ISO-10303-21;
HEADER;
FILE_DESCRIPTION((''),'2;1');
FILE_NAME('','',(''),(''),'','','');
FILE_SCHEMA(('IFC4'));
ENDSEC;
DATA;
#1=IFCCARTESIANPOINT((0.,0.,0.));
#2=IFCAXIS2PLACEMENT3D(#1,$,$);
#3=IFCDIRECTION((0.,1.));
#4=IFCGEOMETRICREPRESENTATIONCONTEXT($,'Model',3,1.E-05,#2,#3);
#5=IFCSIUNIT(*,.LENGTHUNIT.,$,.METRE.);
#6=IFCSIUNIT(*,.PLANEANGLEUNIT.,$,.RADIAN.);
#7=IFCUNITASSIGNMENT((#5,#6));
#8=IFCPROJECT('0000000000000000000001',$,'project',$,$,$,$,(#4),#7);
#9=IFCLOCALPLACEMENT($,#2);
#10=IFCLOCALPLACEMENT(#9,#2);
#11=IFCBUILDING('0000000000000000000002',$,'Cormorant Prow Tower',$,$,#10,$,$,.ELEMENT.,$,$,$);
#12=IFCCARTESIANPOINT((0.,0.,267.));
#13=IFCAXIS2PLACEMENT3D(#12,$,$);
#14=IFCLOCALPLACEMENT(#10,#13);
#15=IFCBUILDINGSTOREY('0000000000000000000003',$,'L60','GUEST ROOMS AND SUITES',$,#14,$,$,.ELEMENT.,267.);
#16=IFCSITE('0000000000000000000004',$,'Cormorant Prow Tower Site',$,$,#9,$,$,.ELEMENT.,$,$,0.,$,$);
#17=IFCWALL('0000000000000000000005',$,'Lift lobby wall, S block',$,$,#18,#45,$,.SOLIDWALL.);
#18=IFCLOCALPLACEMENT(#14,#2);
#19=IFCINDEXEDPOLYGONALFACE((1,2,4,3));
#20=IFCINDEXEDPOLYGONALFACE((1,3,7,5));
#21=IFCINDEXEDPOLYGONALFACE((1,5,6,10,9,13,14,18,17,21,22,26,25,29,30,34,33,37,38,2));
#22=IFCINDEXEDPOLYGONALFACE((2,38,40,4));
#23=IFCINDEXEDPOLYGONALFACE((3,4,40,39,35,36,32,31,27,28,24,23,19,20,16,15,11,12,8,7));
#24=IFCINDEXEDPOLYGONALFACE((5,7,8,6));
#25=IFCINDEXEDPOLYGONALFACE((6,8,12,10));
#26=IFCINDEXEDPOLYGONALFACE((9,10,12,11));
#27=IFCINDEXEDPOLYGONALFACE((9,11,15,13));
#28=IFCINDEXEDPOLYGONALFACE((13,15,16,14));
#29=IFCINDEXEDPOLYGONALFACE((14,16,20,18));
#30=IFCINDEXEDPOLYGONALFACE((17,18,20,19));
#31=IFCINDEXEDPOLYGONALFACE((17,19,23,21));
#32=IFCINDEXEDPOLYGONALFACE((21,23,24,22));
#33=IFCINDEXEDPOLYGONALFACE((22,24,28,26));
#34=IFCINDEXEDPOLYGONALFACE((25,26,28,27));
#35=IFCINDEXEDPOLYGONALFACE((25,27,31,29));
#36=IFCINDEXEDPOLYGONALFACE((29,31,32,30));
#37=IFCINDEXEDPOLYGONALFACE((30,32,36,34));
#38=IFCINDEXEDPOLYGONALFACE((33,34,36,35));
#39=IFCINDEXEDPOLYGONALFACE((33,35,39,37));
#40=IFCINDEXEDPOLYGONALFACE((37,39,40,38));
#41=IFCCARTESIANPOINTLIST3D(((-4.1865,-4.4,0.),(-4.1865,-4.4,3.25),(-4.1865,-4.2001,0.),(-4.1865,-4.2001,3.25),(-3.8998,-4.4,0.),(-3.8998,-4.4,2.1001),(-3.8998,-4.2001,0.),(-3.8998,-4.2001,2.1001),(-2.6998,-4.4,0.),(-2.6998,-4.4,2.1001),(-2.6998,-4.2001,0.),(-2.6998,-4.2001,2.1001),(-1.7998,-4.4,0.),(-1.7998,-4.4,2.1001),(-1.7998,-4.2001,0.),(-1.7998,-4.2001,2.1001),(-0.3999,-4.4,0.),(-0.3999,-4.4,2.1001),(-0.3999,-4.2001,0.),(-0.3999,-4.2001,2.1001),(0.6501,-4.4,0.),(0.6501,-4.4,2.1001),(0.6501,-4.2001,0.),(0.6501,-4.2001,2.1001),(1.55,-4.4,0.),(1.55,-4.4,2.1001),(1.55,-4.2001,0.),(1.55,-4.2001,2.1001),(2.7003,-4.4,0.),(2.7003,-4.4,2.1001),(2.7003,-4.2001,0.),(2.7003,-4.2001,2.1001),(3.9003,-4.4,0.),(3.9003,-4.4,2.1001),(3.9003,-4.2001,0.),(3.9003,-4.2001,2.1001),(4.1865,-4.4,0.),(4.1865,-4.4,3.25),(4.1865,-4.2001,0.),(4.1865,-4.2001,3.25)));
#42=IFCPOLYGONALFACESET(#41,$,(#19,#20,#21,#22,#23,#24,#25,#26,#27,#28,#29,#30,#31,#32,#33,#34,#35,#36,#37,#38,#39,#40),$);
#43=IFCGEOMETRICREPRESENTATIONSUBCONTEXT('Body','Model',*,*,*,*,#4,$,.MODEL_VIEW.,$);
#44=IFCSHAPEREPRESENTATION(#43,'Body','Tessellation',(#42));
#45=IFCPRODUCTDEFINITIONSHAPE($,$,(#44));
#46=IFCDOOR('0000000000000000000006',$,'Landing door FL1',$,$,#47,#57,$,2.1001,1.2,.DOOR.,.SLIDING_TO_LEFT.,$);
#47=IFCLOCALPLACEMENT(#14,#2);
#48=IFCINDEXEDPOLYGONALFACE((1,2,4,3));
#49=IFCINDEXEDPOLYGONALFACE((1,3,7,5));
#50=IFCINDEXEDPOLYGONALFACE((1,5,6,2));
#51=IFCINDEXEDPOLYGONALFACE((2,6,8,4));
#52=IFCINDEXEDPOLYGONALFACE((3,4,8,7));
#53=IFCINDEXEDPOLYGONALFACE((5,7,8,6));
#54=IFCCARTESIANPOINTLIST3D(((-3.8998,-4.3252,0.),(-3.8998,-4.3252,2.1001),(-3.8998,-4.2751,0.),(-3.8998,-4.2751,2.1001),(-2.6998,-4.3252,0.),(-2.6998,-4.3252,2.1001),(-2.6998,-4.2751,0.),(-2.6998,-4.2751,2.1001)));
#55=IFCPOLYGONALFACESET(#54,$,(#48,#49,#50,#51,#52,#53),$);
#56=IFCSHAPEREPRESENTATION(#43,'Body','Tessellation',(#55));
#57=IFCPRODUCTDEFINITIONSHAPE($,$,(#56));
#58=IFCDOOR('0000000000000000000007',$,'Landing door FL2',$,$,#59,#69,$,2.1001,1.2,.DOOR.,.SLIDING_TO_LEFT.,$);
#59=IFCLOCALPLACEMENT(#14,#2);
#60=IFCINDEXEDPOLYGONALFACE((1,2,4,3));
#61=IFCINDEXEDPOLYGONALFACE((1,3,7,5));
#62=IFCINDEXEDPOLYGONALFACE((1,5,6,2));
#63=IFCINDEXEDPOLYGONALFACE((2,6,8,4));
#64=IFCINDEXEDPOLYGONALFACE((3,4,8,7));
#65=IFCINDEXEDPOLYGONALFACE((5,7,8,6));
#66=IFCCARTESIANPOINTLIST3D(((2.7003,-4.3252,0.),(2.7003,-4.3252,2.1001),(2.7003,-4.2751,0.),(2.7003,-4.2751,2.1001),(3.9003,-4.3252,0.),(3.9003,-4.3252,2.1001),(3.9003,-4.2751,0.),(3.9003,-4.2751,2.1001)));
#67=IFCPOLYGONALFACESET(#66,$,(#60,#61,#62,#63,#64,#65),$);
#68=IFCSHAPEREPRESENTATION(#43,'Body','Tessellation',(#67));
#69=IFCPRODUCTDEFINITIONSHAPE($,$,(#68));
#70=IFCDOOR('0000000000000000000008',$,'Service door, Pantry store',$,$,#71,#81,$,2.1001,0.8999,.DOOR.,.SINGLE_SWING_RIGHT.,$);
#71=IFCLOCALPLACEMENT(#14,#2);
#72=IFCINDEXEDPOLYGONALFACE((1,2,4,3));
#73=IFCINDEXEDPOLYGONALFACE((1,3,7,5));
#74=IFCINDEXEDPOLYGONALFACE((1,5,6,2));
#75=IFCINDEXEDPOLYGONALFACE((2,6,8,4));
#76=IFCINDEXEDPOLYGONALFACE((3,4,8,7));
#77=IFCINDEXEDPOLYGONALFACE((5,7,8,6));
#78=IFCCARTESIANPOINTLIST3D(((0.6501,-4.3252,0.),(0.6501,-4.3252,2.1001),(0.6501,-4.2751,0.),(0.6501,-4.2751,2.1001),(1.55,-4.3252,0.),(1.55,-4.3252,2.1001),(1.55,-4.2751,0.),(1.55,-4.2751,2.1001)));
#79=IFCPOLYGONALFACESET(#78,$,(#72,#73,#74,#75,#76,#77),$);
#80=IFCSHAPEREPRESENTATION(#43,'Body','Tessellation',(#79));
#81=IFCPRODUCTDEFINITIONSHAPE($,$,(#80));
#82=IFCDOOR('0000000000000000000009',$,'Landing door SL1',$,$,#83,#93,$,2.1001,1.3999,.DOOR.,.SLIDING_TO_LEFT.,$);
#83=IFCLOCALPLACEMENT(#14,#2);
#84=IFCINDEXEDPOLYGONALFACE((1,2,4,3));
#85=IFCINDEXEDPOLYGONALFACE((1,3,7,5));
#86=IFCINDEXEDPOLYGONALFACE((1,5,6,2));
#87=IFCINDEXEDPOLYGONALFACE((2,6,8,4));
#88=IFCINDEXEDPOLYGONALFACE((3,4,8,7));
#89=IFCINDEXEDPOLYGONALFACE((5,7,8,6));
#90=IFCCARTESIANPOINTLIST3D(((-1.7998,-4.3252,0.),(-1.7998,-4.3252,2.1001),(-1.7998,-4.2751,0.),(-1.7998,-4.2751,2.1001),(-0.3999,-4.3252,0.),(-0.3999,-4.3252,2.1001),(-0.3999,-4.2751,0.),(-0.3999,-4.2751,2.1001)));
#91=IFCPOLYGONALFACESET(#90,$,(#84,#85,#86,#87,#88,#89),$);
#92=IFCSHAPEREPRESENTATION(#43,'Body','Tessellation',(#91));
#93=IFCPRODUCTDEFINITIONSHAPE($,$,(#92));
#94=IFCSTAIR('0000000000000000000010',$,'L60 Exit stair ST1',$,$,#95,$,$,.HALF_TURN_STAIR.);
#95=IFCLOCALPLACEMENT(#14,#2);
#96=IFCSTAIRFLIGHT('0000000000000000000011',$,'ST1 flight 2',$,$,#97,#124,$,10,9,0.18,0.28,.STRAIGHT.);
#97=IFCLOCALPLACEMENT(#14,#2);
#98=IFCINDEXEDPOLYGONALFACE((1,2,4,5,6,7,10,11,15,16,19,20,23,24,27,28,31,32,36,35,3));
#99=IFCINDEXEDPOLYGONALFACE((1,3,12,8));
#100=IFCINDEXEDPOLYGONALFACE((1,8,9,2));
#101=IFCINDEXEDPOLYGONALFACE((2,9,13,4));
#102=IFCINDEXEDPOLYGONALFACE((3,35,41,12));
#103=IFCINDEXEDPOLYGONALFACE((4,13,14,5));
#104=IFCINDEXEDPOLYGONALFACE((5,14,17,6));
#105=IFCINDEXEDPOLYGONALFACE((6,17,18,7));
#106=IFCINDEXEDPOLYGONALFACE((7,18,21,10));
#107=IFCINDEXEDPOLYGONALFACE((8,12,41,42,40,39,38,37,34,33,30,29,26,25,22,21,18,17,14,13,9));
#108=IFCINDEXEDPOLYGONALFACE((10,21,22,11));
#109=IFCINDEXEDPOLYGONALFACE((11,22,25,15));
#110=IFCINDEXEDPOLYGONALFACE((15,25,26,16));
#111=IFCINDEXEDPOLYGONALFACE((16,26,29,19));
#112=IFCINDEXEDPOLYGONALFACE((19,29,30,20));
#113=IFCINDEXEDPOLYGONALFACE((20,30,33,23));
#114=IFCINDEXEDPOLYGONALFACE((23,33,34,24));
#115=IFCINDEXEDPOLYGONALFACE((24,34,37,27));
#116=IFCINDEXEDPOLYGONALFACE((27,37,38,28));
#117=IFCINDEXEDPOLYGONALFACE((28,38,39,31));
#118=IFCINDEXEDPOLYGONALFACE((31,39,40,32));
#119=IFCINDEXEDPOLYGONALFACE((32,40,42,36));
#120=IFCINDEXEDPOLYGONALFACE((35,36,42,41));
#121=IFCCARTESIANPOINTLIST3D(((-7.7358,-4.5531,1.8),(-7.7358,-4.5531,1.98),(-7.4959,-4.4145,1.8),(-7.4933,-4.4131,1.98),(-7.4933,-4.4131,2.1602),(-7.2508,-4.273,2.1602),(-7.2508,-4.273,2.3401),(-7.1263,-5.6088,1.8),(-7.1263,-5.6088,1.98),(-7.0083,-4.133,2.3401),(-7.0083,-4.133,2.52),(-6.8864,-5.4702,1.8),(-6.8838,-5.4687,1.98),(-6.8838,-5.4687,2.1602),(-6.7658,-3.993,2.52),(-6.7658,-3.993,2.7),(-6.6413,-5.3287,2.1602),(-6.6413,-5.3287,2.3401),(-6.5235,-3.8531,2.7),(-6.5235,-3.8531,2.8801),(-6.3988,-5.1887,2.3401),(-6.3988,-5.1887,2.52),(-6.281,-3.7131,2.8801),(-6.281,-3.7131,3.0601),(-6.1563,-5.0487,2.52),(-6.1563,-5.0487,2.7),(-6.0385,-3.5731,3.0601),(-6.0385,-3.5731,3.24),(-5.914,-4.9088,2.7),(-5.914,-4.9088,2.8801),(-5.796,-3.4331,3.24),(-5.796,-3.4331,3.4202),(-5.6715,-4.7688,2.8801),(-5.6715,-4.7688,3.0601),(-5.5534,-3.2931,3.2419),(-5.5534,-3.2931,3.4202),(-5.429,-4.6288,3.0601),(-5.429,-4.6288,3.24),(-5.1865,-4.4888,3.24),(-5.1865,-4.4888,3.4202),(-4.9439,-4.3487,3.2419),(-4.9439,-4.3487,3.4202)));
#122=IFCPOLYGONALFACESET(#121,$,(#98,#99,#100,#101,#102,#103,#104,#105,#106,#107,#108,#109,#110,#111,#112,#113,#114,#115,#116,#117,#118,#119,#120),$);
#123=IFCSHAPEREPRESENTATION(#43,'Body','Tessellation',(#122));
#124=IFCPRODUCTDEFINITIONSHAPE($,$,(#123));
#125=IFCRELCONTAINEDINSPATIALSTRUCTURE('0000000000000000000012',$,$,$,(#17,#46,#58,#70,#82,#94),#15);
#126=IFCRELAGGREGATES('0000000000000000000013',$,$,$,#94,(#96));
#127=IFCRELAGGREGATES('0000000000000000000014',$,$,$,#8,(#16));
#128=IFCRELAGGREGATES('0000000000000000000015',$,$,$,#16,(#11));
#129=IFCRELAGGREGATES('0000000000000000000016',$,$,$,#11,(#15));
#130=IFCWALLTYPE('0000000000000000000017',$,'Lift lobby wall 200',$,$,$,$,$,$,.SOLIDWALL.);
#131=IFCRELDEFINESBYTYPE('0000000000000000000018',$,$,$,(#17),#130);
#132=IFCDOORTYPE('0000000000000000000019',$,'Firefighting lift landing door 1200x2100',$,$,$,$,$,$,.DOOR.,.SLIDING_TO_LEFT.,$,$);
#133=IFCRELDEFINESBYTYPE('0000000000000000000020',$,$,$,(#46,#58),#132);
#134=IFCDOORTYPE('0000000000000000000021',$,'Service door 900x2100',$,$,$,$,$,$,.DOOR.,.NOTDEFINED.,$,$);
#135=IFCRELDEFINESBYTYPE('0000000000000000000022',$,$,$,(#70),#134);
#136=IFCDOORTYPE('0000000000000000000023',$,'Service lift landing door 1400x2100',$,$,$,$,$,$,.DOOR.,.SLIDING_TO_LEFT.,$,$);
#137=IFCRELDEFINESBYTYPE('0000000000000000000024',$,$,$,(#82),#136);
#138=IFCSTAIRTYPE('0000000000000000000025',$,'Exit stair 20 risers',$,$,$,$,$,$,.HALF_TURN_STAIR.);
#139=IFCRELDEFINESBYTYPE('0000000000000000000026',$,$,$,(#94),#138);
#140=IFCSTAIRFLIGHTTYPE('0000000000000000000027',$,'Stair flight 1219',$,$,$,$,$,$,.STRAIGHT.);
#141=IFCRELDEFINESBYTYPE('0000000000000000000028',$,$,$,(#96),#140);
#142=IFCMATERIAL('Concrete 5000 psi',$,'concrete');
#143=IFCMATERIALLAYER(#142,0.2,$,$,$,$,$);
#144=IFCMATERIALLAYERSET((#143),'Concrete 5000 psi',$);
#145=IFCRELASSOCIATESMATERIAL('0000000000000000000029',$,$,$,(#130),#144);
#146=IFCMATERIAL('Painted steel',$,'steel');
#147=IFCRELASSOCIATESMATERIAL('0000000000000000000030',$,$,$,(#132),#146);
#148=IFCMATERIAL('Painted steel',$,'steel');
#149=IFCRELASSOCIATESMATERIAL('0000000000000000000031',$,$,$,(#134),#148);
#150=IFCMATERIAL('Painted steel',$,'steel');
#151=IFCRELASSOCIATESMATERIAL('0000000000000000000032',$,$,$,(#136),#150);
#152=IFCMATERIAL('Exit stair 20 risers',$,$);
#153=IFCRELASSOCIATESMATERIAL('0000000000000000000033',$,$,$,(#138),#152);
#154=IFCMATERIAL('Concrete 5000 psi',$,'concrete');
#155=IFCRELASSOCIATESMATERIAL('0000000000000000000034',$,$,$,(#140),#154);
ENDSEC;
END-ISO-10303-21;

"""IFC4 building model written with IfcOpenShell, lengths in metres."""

from ifc_helpers import new_model, si_unit, direction, frame, frame_2d, origin, place, context, subcontext, project, spatial, polyline, rectangle, outline, extrude, material, layer, layer_set, type_object, element, fill, aggregate, save


model = new_model("IFC4")

# Units and contexts
model_context = context("Model", 3, precision=1e-05, world=origin(), true_north=direction((0.0, 1.0)))
body_context = subcontext(model_context, "Body", "Model", "MODEL_VIEW")
ifc_project = project(units=[si_unit("LENGTHUNIT", "METRE"), si_unit("PLANEANGLEUNIT", "RADIAN")], contexts=[model_context])

# Site, building, storey
site_placement = place(None, origin())
site = spatial("IfcSite", under=ifc_project, at=site_placement, Name="Cormorant Prow Tower Site", CompositionType="ELEMENT", RefElevation=0.0)
building_placement = place(site_placement, origin())
building = spatial("IfcBuilding", under=site, at=building_placement, Name="Cormorant Prow Tower", CompositionType="ELEMENT")
storey_placement = place(building_placement, frame((0.0, 0.0, 267.0)))
storey = spatial("IfcBuildingStorey", under=building, at=storey_placement, Name="L60", Description="GUEST ROOMS AND SUITES", CompositionType="ELEMENT", Elevation=267.0)

# Wall, openings, doors
ifc_material_1 = material(Name="Concrete 5000 psi", Category="concrete")
ifc_layer_1 = layer(ifc_material_1, 0.2)
ifc_layer_set_1 = layer_set([ifc_layer_1], Name="Concrete 5000 psi")
wall_type_1 = type_object("IfcWallType", Name="Lift lobby wall 200", PredefinedType="SOLIDWALL", material=ifc_layer_set_1)
wall_1_placement = place(storey_placement, frame((-4.1865, -4.3, 0.0), z_axis=(0.0, 0.0, 1.0), x_axis=(1.0, 0.0, 0.0)))
wall_1 = element("IfcWall", 1, at=wall_1_placement, inside=storey, type_object=wall_type_1, Name="Lift lobby wall, S block", PredefinedType="SOLIDWALL", context=body_context, shape_type="SweptSolid", body=[
    extrude(rectangle(XDim=8.373, YDim=0.2, at=frame_2d((4.1865, 0.0))), origin(), (0.0, 0.0, 1.0), 3.25),
])
opening_1_placement = place(wall_1_placement, frame((0.2866, 0.0, 0.0)))
opening_1 = element("IfcOpeningElement", 2, at=opening_1_placement, cuts=wall_1, PredefinedType="OPENING", context=body_context, shape_type="SweptSolid", body=[
    extrude(rectangle(XDim=1.2, YDim=2.1001, at=frame_2d((0.6001, 1.05))), frame((0.0, 0.1099, 0.0), z_axis=(0.0, -1.0, 0.0), x_axis=(1.0, 0.0, 0.0)), (0.0, 0.0, 1.0), 0.22),
])
opening_2_placement = place(wall_1_placement, frame((2.3867, 0.0, 0.0)))
opening_2 = element("IfcOpeningElement", 3, at=opening_2_placement, cuts=wall_1, PredefinedType="OPENING", context=body_context, shape_type="SweptSolid", body=[
    extrude(rectangle(XDim=1.3999, YDim=2.1001, at=frame_2d((0.7, 1.05))), frame((0.0, 0.1099, 0.0), z_axis=(0.0, -1.0, 0.0), x_axis=(1.0, 0.0, 0.0)), (0.0, 0.0, 1.0), 0.22),
])
opening_3_placement = place(wall_1_placement, frame((4.8367, 0.0, 0.0)))
opening_3 = element("IfcOpeningElement", 4, at=opening_3_placement, cuts=wall_1, PredefinedType="OPENING", context=body_context, shape_type="SweptSolid", body=[
    extrude(rectangle(XDim=0.8999, YDim=2.1001, at=frame_2d((0.45, 1.05))), frame((0.0, 0.1099, 0.0), z_axis=(0.0, -1.0, 0.0), x_axis=(1.0, 0.0, 0.0)), (0.0, 0.0, 1.0), 0.22),
])
opening_4_placement = place(wall_1_placement, frame((6.8867, 0.0, 0.0)))
opening_4 = element("IfcOpeningElement", 5, at=opening_4_placement, cuts=wall_1, PredefinedType="OPENING", context=body_context, shape_type="SweptSolid", body=[
    extrude(rectangle(XDim=1.2, YDim=2.1001, at=frame_2d((0.6001, 1.05))), frame((0.0, 0.1099, 0.0), z_axis=(0.0, -1.0, 0.0), x_axis=(1.0, 0.0, 0.0)), (0.0, 0.0, 1.0), 0.22),
])
ifc_material_2 = material(Name="Painted steel", Category="steel")
door_type_1 = type_object("IfcDoorType", Name="Firefighting lift landing door 1200x2100", OperationType="SLIDING_TO_LEFT", PredefinedType="DOOR", material=ifc_material_2)
door_1_placement = place(opening_1_placement, origin())
door_1 = element("IfcDoor", 6, at=door_1_placement, inside=storey, type_object=door_type_1, Name="Landing door FL1", OperationType="SLIDING_TO_LEFT", OverallHeight=2.1001, OverallWidth=1.2, PredefinedType="DOOR", context=body_context, shape_type="SweptSolid", body=[
    extrude(rectangle(XDim=1.2, YDim=2.1001, at=frame_2d((0.6001, 1.05))), frame((0.0, 0.0249, 0.0), z_axis=(0.0, -1.0, 0.0), x_axis=(1.0, 0.0, 0.0)), (0.0, 0.0, 1.0), 0.05),
])
fill(opening_1, door_1)
door_2_placement = place(opening_4_placement, origin())
door_2 = element("IfcDoor", 7, at=door_2_placement, inside=storey, type_object=door_type_1, Name="Landing door FL2", OperationType="SLIDING_TO_LEFT", OverallHeight=2.1001, OverallWidth=1.2, PredefinedType="DOOR", context=body_context, shape_type="SweptSolid", body=[
    extrude(rectangle(XDim=1.2, YDim=2.1001, at=frame_2d((0.6001, 1.05))), frame((0.0, 0.0249, 0.0), z_axis=(0.0, -1.0, 0.0), x_axis=(1.0, 0.0, 0.0)), (0.0, 0.0, 1.0), 0.05),
])
fill(opening_4, door_2)
ifc_material_3 = material(Name="Painted steel", Category="steel")
door_type_2 = type_object("IfcDoorType", Name="Service door 900x2100", OperationType="NOTDEFINED", PredefinedType="DOOR", material=ifc_material_3)
door_3_placement = place(opening_3_placement, origin())
door_3 = element("IfcDoor", 8, at=door_3_placement, inside=storey, type_object=door_type_2, Name="Service door, Pantry store", OperationType="SINGLE_SWING_RIGHT", OverallHeight=2.1001, OverallWidth=0.8999, PredefinedType="DOOR", context=body_context, shape_type="SweptSolid", body=[
    extrude(rectangle(XDim=0.8999, YDim=2.1001, at=frame_2d((0.45, 1.05))), frame((0.0, 0.0249, 0.0), z_axis=(0.0, -1.0, 0.0), x_axis=(1.0, 0.0, 0.0)), (0.0, 0.0, 1.0), 0.05),
])
fill(opening_3, door_3)
ifc_material_4 = material(Name="Painted steel", Category="steel")
door_type_3 = type_object("IfcDoorType", Name="Service lift landing door 1400x2100", OperationType="SLIDING_TO_LEFT", PredefinedType="DOOR", material=ifc_material_4)
door_4_placement = place(opening_2_placement, origin())
door_4 = element("IfcDoor", 9, at=door_4_placement, inside=storey, type_object=door_type_3, Name="Landing door SL1", OperationType="SLIDING_TO_LEFT", OverallHeight=2.1001, OverallWidth=1.3999, PredefinedType="DOOR", context=body_context, shape_type="SweptSolid", body=[
    extrude(rectangle(XDim=1.3999, YDim=2.1001, at=frame_2d((0.7, 1.05))), frame((0.0, 0.0249, 0.0), z_axis=(0.0, -1.0, 0.0), x_axis=(1.0, 0.0, 0.0)), (0.0, 0.0, 1.0), 0.05),
])
fill(opening_2, door_4)

# Stair, stair flight
ifc_material_5 = material(Name="Exit stair 20 risers")
stair_type = type_object("IfcStairType", Name="Exit stair 20 risers", PredefinedType="HALF_TURN_STAIR", material=ifc_material_5)
stair_placement = place(storey_placement, origin())
stair = element("IfcStair", 10, at=stair_placement, inside=storey, type_object=stair_type, Name="L60 Exit stair ST1", PredefinedType="HALF_TURN_STAIR")
ifc_material_6 = material(Name="Concrete 5000 psi", Category="concrete")
stair_flight_type = type_object("IfcStairFlightType", Name="Stair flight 1219", PredefinedType="STRAIGHT", material=ifc_material_6)
stair_flight_placement = place(storey_placement, frame((-7.4312, -5.0808, 1.8), z_axis=(0.0, 0.0, 1.0), x_axis=(0.866025, 0.5, 0.0)))
stair_flight = element("IfcStairFlight", 11, at=stair_flight_placement, type_object=stair_flight_type, Name="ST1 flight 2", NumberOfRisers=10, NumberOfTreads=9, PredefinedType="STRAIGHT", RiserHeight=0.18, TreadLength=0.28, context=body_context, shape_type="SweptSolid", body=[
    extrude(outline(polyline([(0.0, 0.0), (0.0, 0.1799), (0.28, 0.1799), (0.28, 0.3601), (0.5601, 0.3601), (0.5601, 0.54), (0.8401, 0.54), (0.8401, 0.72), (1.1201, 0.72), (1.1201, 0.8999), (1.3999, 0.8999), (1.3999, 1.0801), (1.6799, 1.0801), (1.6799, 1.26), (1.96, 1.26), (1.96, 1.4399), (2.24, 1.4399), (2.24, 1.6201), (2.52, 1.6201), (2.52, 1.8), (2.52, 1.4419), (0.2771, 0.0), (0.0, 0.0)])), frame((0.0, 0.6094, 0.0), z_axis=(0.0, -1.0, 0.0), x_axis=(1.0, 0.0, 0.0)), (0.0, 0.0, 1.0), 1.219),
])
aggregate(stair, [stair_flight])

save(model, "model.ifc")
